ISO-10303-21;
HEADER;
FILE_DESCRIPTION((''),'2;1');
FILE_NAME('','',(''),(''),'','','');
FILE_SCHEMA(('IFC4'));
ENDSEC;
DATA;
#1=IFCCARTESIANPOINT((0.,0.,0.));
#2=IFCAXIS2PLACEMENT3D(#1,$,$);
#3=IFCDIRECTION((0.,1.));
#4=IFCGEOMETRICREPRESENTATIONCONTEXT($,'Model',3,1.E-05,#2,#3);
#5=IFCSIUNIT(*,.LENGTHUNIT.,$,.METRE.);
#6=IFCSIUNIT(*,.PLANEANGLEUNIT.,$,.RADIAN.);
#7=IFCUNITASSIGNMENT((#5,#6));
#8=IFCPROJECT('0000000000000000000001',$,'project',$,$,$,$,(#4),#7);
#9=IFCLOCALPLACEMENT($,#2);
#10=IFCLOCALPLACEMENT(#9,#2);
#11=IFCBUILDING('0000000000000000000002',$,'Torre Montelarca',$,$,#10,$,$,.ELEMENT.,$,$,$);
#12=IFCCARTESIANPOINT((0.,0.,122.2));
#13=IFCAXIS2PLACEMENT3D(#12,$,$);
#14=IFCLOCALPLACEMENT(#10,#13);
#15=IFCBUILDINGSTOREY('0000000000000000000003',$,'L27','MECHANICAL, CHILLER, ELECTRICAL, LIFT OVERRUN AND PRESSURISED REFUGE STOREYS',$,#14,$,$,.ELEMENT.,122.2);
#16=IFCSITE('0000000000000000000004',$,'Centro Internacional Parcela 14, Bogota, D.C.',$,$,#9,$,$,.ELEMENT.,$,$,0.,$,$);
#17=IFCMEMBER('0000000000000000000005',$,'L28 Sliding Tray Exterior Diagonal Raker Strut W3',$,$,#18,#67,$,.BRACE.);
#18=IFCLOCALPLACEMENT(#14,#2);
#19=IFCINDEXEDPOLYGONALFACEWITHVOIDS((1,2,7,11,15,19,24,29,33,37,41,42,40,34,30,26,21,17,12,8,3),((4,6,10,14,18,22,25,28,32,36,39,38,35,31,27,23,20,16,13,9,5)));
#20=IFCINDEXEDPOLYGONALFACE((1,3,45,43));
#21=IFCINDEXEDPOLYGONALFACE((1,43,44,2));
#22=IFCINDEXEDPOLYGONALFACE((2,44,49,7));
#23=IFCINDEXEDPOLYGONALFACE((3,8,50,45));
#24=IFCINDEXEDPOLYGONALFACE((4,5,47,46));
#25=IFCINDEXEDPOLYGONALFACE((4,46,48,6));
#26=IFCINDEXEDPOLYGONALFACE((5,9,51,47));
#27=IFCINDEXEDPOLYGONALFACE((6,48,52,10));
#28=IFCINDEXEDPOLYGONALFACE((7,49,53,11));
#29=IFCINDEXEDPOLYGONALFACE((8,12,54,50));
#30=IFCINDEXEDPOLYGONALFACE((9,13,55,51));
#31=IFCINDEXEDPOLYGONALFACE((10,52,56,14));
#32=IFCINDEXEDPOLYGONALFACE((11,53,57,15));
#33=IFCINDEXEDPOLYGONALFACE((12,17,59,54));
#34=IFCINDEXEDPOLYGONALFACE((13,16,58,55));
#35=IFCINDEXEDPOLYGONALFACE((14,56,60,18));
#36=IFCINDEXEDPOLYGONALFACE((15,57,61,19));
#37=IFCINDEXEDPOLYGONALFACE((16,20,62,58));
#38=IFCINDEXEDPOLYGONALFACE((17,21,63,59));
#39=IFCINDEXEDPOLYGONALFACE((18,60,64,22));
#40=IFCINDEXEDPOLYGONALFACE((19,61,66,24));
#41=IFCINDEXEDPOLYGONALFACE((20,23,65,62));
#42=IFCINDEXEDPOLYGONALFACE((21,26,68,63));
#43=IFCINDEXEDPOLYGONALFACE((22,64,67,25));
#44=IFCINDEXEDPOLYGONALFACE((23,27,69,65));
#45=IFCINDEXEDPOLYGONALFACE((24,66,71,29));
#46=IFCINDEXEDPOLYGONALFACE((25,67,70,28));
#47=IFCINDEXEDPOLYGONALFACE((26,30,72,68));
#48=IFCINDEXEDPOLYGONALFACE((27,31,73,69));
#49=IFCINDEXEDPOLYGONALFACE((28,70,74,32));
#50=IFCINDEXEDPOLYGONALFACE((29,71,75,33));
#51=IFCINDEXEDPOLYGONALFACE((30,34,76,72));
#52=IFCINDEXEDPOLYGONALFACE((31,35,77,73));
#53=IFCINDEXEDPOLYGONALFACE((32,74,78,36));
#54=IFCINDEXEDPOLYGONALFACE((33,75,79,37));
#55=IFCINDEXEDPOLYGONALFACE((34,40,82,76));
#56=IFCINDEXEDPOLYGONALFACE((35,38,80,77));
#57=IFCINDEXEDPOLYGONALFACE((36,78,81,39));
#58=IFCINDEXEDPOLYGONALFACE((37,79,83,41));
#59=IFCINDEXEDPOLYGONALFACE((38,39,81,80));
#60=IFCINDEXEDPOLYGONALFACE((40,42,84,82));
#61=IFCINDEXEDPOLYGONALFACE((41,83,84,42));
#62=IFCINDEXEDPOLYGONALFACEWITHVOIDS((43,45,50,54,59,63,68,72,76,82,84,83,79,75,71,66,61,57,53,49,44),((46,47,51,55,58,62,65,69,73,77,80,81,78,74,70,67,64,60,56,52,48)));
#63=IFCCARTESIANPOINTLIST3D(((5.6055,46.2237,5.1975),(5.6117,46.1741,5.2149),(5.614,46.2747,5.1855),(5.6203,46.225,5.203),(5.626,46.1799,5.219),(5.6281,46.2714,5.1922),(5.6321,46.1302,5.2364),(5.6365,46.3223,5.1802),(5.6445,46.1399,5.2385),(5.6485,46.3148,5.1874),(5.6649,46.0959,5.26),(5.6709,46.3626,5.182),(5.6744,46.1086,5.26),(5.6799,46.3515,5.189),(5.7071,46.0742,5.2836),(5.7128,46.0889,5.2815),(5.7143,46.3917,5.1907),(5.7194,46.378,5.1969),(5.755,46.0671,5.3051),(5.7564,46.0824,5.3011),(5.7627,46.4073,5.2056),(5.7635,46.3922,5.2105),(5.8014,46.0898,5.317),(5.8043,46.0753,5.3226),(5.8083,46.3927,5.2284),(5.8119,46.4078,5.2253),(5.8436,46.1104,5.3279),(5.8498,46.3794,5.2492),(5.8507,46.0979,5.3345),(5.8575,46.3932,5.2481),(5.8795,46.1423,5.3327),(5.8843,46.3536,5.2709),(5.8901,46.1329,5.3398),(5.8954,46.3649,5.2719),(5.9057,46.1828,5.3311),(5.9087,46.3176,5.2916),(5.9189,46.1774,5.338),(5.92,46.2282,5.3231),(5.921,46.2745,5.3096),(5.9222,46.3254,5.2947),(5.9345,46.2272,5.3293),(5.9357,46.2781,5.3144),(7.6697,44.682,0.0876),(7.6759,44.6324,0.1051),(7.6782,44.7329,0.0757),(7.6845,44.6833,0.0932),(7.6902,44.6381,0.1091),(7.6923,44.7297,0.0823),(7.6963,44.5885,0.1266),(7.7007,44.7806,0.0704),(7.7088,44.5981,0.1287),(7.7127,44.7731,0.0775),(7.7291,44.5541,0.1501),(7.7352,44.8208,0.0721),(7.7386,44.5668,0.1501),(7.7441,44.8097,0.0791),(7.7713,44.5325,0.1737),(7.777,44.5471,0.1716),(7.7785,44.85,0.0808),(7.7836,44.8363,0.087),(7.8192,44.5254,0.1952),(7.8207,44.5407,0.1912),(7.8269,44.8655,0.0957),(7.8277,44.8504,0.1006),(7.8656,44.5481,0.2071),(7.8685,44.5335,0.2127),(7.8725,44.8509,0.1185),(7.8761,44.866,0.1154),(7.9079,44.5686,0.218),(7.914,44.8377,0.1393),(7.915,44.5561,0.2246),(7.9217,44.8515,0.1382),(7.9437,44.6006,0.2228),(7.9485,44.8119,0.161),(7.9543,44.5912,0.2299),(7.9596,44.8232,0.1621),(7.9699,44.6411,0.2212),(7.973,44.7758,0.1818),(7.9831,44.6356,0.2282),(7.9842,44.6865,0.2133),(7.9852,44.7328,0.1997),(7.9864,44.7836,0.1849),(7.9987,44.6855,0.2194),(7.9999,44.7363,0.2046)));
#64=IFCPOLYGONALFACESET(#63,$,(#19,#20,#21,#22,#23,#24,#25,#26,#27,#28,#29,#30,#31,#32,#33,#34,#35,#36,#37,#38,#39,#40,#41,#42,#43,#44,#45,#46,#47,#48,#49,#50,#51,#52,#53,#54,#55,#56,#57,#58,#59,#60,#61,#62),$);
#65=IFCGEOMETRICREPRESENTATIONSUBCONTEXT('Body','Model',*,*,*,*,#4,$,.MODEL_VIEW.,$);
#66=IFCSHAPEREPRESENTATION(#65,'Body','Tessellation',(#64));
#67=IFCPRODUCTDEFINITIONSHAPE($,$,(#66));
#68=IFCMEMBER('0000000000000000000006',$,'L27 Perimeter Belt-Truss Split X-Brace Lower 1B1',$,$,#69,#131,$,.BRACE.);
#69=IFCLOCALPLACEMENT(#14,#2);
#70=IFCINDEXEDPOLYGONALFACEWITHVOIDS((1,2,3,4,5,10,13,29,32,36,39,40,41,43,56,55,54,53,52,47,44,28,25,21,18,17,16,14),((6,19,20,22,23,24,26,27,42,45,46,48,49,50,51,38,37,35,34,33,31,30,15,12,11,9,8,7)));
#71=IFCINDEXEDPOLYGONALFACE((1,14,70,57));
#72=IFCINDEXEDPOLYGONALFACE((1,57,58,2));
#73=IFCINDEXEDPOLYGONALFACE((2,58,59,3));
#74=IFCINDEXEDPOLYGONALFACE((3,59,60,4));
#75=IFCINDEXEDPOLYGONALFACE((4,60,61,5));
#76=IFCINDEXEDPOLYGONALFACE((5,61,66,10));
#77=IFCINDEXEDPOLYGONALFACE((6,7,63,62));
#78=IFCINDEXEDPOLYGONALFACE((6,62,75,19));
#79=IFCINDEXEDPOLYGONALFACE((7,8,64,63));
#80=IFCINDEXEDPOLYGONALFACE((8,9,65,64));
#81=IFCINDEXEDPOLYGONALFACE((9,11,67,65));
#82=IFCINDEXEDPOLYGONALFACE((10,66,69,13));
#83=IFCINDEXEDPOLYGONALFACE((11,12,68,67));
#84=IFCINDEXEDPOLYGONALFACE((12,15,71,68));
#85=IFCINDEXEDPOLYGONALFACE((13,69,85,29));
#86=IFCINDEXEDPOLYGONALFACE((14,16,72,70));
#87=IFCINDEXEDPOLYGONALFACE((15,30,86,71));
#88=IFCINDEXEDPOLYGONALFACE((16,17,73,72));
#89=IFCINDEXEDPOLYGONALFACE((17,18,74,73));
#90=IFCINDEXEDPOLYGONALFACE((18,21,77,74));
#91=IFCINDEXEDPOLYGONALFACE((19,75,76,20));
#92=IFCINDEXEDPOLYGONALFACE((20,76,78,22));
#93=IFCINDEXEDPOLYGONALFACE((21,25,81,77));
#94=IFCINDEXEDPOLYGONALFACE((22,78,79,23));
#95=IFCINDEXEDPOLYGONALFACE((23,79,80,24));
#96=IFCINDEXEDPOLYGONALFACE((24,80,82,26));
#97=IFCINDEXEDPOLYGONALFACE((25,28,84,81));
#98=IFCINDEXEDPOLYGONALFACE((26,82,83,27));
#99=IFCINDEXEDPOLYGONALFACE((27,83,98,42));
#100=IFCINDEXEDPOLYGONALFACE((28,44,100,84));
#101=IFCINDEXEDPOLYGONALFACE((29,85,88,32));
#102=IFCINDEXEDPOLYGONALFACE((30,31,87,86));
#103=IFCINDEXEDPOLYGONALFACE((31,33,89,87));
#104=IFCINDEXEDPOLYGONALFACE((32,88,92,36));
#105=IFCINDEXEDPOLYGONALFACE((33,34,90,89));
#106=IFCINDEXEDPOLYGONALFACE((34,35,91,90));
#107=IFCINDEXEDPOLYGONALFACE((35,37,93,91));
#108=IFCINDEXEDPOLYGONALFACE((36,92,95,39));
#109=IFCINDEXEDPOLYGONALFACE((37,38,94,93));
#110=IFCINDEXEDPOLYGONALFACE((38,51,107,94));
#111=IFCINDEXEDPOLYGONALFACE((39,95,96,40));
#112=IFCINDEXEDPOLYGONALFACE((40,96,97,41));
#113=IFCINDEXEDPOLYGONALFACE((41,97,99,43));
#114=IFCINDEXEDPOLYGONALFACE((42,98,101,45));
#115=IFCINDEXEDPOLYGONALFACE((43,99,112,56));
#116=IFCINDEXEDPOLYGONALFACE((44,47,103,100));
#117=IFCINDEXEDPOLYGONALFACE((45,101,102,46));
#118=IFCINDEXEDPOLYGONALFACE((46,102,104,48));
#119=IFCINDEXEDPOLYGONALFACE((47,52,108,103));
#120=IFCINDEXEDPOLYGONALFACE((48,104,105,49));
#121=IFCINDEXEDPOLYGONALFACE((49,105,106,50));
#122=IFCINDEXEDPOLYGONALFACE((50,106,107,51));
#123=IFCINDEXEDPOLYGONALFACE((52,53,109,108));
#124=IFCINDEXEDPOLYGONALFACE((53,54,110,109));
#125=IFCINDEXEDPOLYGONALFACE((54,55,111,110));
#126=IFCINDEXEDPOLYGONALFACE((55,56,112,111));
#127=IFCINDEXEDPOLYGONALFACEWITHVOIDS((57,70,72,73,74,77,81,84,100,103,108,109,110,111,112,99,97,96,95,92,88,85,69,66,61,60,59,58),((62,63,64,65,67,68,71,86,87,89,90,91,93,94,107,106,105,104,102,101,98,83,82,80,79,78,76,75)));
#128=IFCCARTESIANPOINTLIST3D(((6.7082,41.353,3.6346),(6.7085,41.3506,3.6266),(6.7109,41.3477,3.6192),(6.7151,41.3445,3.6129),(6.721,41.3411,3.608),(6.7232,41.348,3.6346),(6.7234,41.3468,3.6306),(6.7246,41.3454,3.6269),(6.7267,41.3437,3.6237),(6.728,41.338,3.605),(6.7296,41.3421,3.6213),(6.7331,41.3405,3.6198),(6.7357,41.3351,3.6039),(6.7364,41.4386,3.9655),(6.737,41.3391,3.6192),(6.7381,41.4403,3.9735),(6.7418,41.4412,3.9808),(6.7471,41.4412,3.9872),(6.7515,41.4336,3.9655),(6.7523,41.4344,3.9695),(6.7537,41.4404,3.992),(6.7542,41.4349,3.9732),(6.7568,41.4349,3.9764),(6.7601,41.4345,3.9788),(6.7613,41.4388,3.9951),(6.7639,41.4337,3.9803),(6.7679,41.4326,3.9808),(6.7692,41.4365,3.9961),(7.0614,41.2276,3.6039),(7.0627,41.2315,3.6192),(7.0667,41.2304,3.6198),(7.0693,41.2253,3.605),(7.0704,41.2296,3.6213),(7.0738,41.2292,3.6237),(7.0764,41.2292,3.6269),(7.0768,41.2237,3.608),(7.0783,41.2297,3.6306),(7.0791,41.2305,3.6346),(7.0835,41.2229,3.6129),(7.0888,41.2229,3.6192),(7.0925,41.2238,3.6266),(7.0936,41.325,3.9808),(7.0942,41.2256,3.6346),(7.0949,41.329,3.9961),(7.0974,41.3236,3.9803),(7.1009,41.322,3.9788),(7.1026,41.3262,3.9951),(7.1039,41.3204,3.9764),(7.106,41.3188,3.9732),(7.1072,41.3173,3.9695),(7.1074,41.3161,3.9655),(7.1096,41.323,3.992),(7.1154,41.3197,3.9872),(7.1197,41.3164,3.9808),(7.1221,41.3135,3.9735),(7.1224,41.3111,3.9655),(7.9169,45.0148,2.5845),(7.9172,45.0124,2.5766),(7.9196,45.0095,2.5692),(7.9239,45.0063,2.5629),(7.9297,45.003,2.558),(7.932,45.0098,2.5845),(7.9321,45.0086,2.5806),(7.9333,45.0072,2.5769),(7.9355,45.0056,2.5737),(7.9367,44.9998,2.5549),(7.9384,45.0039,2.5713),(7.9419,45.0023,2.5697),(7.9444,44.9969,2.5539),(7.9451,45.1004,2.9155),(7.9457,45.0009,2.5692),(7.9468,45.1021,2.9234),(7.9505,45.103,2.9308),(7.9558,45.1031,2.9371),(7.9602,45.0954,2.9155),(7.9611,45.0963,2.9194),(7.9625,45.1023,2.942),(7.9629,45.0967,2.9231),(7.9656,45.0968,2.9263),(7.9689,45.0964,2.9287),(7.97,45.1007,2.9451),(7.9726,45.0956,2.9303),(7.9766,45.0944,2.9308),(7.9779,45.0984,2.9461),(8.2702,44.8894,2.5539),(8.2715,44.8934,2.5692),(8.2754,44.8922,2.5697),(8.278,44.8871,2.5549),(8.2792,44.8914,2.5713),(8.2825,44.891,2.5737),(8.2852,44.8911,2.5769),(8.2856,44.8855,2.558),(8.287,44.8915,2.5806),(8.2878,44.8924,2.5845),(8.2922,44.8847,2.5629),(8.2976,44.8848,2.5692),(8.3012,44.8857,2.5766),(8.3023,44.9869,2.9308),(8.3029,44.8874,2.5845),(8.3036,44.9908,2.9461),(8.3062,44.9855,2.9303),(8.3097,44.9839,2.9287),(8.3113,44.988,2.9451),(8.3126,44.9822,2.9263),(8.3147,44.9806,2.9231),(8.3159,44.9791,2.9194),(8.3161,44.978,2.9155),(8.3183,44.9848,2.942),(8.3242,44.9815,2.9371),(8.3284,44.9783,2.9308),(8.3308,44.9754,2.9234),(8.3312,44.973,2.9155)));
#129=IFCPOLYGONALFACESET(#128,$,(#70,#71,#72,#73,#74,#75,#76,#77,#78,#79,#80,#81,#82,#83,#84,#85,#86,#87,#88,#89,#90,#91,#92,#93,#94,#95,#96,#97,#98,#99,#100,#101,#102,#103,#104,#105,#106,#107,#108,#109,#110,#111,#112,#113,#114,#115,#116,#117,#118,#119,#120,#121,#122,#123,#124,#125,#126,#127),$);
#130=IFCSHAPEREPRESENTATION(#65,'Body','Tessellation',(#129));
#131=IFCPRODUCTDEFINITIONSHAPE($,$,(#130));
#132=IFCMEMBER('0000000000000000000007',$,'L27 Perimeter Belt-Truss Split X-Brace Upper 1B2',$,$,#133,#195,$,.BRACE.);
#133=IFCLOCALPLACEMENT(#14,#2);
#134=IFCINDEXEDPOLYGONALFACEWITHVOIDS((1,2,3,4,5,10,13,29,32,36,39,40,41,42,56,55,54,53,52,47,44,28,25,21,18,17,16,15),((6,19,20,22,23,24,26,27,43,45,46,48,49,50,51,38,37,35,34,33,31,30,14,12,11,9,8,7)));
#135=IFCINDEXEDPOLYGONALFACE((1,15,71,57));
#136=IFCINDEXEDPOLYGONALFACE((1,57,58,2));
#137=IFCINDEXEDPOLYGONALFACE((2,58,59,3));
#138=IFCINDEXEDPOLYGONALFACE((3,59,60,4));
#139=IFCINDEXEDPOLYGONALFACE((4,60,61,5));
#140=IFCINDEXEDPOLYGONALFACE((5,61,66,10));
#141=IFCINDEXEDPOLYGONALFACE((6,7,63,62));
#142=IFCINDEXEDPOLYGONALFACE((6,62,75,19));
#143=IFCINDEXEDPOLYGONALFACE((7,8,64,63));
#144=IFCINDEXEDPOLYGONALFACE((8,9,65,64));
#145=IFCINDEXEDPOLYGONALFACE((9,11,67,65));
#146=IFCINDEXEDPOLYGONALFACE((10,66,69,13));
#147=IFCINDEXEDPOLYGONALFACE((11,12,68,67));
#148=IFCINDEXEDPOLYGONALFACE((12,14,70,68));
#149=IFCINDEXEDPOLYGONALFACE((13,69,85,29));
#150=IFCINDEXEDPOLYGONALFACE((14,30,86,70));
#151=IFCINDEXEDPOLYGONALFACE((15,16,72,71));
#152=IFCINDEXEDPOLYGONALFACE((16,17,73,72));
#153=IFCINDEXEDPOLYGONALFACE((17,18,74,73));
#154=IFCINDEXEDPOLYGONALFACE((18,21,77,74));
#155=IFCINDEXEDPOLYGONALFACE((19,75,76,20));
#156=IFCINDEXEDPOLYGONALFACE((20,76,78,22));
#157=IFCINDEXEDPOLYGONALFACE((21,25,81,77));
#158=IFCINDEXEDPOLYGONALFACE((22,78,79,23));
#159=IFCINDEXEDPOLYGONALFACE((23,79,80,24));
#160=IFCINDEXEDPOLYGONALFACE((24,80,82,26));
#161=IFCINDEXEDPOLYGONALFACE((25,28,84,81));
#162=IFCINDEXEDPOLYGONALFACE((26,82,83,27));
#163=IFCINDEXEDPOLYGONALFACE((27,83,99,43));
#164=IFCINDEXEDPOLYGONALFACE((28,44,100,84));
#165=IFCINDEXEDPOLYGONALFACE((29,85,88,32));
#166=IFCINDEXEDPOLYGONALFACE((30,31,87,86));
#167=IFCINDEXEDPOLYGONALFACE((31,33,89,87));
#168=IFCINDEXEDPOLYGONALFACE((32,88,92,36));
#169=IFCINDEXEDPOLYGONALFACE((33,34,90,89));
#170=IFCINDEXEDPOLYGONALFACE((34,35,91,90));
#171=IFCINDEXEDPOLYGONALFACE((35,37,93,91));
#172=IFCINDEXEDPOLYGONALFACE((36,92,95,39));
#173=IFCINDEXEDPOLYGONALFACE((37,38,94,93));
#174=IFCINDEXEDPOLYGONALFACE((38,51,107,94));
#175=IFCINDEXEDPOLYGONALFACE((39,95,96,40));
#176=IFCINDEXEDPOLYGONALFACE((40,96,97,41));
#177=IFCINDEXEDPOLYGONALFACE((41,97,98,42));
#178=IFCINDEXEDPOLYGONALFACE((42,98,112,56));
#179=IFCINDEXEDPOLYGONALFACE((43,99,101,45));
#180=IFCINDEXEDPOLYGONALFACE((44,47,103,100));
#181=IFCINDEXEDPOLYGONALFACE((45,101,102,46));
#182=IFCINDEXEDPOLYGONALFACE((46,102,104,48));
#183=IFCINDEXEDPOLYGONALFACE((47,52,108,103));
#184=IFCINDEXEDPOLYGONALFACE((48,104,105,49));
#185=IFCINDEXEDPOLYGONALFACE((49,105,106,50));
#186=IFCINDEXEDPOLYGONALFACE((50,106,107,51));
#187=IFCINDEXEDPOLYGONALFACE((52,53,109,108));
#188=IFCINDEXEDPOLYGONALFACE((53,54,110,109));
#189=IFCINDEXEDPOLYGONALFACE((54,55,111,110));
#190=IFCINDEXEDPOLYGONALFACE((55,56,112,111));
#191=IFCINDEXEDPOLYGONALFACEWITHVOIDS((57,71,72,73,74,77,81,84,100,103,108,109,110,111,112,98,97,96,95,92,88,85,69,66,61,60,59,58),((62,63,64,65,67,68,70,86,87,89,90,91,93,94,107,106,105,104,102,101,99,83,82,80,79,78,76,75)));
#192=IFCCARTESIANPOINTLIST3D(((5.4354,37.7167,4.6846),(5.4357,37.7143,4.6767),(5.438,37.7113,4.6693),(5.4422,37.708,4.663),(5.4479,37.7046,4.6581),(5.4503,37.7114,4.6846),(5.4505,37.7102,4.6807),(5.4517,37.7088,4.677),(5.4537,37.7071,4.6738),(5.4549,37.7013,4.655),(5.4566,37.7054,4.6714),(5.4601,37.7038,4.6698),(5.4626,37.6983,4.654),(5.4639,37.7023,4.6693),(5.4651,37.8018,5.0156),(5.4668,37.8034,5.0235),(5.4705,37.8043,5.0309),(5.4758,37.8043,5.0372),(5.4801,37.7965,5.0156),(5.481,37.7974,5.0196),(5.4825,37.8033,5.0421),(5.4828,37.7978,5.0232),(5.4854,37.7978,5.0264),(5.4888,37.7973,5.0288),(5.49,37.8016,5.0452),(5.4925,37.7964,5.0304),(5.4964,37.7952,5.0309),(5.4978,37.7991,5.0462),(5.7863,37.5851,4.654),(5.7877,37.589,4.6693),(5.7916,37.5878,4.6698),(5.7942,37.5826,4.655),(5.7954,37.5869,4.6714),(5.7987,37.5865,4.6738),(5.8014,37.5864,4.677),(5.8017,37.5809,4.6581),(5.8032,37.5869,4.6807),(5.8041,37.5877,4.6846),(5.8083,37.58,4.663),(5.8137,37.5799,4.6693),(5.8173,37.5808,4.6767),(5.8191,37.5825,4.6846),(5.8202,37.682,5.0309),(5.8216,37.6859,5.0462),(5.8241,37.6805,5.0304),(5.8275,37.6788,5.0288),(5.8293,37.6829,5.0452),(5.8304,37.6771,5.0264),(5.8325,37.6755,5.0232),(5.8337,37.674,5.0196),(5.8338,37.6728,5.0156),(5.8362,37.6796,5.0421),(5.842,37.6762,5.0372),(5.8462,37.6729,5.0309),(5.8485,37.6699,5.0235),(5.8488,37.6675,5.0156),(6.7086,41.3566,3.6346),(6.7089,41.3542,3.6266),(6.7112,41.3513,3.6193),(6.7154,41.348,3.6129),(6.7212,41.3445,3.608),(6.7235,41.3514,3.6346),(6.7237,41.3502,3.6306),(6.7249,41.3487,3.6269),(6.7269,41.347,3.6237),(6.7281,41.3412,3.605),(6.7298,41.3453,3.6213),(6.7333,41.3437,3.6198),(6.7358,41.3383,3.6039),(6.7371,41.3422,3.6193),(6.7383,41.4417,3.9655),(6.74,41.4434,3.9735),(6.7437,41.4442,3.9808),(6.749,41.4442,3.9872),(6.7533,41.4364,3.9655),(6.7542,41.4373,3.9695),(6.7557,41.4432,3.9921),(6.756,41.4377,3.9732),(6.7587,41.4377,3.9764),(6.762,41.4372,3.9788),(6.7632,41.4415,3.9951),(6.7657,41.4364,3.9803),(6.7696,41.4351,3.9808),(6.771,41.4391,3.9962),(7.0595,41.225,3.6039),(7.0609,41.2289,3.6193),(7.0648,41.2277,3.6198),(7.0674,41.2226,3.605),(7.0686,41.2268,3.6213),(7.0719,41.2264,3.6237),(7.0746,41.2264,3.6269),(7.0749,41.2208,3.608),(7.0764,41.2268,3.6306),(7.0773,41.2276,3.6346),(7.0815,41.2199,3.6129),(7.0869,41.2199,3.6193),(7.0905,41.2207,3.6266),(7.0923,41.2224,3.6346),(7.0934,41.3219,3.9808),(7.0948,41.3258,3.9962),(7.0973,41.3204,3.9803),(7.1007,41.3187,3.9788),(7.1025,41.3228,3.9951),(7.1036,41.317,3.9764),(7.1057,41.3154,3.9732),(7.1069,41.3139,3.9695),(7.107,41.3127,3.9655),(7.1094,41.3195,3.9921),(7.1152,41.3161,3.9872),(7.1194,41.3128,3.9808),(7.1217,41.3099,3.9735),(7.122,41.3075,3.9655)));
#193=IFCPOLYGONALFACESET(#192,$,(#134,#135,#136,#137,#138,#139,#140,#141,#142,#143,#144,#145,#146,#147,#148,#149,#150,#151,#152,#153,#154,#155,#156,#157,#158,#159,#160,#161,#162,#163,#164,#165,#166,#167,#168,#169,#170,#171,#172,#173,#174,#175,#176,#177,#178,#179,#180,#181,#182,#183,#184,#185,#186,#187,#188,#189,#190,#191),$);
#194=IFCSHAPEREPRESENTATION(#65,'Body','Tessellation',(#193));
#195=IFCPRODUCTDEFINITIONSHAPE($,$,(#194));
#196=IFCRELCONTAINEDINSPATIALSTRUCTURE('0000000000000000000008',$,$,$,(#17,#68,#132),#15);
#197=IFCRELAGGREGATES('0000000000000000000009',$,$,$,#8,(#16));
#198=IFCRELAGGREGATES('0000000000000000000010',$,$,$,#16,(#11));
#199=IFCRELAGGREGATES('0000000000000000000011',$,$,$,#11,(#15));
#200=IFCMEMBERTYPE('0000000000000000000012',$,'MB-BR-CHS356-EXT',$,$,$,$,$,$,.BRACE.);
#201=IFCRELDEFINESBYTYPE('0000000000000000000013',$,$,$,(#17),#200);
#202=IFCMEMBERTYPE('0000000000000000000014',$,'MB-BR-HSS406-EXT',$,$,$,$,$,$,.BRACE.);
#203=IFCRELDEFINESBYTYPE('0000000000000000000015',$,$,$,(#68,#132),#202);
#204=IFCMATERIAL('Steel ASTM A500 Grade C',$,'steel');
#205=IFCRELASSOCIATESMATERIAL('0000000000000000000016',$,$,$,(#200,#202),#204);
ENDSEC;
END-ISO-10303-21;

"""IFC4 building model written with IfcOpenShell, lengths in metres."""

from ifc_helpers import new_model, si_unit, direction, frame, origin, origin_2d, place, context, subcontext, project, spatial, hollow_rectangle, hollow_circle, extrude, source, transform, mapped, material, material_profile, profile_set, type_object, element, save


model = new_model("IFC4")

# Units and contexts
model_context = context("Model", 3, precision=1e-05, world=origin(), true_north=direction((0.0, 1.0)))
body_context = subcontext(model_context, "Body", "Model", "MODEL_VIEW")
ifc_project = project(units=[si_unit("LENGTHUNIT", "METRE"), si_unit("PLANEANGLEUNIT", "RADIAN")], contexts=[model_context])

# Site, building, storey
site_placement = place(None, origin())
site = spatial("IfcSite", under=ifc_project, at=site_placement, Name="Centro Internacional Parcela 14, Bogota, D.C.", CompositionType="ELEMENT", RefElevation=0.0)
building_placement = place(site_placement, origin())
building = spatial("IfcBuilding", under=site, at=building_placement, Name="Torre Montelarca", CompositionType="ELEMENT")
storey_placement = place(building_placement, frame((0.0, 0.0, 122.2)))
storey = spatial("IfcBuildingStorey", under=building, at=storey_placement, Name="L27", Description="MECHANICAL, CHILLER, ELECTRICAL, LIFT OVERRUN AND PRESSURISED REFUGE STOREYS", CompositionType="ELEMENT", Elevation=122.2)

# Members
ifc_material_1 = material(Name="Steel ASTM A500 Grade C", Category="steel")
ifc_material_profile_1 = material_profile(ifc_material_1, hollow_circle(Radius=0.1777, WallThickness=0.0159, at=origin_2d()), Name="HSS355.6X15.9", Category="steel")
ifc_profile_set_1 = profile_set([ifc_material_profile_1], Name="Steel ASTM A500 Grade C")
member_type_1 = type_object("IfcMemberType", Name="MB-BR-CHS356-EXT", PredefinedType="BRACE", material=ifc_profile_set_1)
shared_shape_1 = source(origin(), body_context, "Body", "SweptSolid", [
    extrude(hollow_circle(Radius=0.1777, WallThickness=0.0159, at=origin_2d()), origin(), (0.0, 0.0, 1.0), 5.7227),
])
member_1_placement = place(storey_placement, frame((7.8354, 44.6965, 0.1501), z_axis=(-0.360709, 0.269412, 0.89292), x_axis=(-0.598407, -0.801192, 0.0)))
element("IfcMember", 1, at=member_1_placement, inside=storey, type_object=member_type_1, Name="L28 Sliding Tray Exterior Diagonal Raker Strut W3", PredefinedType="BRACE", context=body_context, shape_type="MappedRepresentation", body=[
    mapped(shared_shape_1, transform((0.0, 0.0, 0.0), scale=1.0)),
])
ifc_material_profile_2 = material_profile(ifc_material_1, hollow_rectangle(XDim=0.4065, YDim=0.4065, WallThickness=0.0159, InnerFilletRadius=0.0159, OuterFilletRadius=0.0317, at=origin_2d()), Name="HSS406X406X15.9", Category="steel")
ifc_profile_set_2 = profile_set([ifc_material_profile_2], Name="Steel ASTM A500 Grade C")
member_type_2 = type_object("IfcMemberType", Name="MB-BR-HSS406-EXT", PredefinedType="BRACE", material=ifc_profile_set_2)
shared_shape_2 = source(origin(), body_context, "Body", "SweptSolid", [
    extrude(hollow_rectangle(XDim=0.4065, YDim=0.4065, WallThickness=0.0159, InnerFilletRadius=0.0159, OuterFilletRadius=0.0317, at=origin_2d()), origin(), (0.0, 0.0, 1.0), 3.9966),
])
for number, where, z_axis, x_axis, name in (
    (2, (8.124, 44.9939, 2.75), (-0.302441, -0.916242, 0.262735), (0.949604, -0.313453, 0.0), "L27 Perimeter Belt-Truss Split X-Brace Lower 1B1"),
    (3, (6.9153, 41.332, 3.8), (-0.318573, -0.910758, 0.262739), (0.943921, -0.330173, 0.0), "L27 Perimeter Belt-Truss Split X-Brace Upper 1B2"),
):
    element("IfcMember", number, at=place(storey_placement, frame(where, z_axis=z_axis, x_axis=x_axis)), inside=storey, type_object=member_type_2, Name=name, PredefinedType="BRACE", context=body_context, shape_type="MappedRepresentation", body=[
        mapped(shared_shape_2, transform((0.0, 0.0, 0.0), scale=1.0)),
    ])

save(model, "model.ifc")
